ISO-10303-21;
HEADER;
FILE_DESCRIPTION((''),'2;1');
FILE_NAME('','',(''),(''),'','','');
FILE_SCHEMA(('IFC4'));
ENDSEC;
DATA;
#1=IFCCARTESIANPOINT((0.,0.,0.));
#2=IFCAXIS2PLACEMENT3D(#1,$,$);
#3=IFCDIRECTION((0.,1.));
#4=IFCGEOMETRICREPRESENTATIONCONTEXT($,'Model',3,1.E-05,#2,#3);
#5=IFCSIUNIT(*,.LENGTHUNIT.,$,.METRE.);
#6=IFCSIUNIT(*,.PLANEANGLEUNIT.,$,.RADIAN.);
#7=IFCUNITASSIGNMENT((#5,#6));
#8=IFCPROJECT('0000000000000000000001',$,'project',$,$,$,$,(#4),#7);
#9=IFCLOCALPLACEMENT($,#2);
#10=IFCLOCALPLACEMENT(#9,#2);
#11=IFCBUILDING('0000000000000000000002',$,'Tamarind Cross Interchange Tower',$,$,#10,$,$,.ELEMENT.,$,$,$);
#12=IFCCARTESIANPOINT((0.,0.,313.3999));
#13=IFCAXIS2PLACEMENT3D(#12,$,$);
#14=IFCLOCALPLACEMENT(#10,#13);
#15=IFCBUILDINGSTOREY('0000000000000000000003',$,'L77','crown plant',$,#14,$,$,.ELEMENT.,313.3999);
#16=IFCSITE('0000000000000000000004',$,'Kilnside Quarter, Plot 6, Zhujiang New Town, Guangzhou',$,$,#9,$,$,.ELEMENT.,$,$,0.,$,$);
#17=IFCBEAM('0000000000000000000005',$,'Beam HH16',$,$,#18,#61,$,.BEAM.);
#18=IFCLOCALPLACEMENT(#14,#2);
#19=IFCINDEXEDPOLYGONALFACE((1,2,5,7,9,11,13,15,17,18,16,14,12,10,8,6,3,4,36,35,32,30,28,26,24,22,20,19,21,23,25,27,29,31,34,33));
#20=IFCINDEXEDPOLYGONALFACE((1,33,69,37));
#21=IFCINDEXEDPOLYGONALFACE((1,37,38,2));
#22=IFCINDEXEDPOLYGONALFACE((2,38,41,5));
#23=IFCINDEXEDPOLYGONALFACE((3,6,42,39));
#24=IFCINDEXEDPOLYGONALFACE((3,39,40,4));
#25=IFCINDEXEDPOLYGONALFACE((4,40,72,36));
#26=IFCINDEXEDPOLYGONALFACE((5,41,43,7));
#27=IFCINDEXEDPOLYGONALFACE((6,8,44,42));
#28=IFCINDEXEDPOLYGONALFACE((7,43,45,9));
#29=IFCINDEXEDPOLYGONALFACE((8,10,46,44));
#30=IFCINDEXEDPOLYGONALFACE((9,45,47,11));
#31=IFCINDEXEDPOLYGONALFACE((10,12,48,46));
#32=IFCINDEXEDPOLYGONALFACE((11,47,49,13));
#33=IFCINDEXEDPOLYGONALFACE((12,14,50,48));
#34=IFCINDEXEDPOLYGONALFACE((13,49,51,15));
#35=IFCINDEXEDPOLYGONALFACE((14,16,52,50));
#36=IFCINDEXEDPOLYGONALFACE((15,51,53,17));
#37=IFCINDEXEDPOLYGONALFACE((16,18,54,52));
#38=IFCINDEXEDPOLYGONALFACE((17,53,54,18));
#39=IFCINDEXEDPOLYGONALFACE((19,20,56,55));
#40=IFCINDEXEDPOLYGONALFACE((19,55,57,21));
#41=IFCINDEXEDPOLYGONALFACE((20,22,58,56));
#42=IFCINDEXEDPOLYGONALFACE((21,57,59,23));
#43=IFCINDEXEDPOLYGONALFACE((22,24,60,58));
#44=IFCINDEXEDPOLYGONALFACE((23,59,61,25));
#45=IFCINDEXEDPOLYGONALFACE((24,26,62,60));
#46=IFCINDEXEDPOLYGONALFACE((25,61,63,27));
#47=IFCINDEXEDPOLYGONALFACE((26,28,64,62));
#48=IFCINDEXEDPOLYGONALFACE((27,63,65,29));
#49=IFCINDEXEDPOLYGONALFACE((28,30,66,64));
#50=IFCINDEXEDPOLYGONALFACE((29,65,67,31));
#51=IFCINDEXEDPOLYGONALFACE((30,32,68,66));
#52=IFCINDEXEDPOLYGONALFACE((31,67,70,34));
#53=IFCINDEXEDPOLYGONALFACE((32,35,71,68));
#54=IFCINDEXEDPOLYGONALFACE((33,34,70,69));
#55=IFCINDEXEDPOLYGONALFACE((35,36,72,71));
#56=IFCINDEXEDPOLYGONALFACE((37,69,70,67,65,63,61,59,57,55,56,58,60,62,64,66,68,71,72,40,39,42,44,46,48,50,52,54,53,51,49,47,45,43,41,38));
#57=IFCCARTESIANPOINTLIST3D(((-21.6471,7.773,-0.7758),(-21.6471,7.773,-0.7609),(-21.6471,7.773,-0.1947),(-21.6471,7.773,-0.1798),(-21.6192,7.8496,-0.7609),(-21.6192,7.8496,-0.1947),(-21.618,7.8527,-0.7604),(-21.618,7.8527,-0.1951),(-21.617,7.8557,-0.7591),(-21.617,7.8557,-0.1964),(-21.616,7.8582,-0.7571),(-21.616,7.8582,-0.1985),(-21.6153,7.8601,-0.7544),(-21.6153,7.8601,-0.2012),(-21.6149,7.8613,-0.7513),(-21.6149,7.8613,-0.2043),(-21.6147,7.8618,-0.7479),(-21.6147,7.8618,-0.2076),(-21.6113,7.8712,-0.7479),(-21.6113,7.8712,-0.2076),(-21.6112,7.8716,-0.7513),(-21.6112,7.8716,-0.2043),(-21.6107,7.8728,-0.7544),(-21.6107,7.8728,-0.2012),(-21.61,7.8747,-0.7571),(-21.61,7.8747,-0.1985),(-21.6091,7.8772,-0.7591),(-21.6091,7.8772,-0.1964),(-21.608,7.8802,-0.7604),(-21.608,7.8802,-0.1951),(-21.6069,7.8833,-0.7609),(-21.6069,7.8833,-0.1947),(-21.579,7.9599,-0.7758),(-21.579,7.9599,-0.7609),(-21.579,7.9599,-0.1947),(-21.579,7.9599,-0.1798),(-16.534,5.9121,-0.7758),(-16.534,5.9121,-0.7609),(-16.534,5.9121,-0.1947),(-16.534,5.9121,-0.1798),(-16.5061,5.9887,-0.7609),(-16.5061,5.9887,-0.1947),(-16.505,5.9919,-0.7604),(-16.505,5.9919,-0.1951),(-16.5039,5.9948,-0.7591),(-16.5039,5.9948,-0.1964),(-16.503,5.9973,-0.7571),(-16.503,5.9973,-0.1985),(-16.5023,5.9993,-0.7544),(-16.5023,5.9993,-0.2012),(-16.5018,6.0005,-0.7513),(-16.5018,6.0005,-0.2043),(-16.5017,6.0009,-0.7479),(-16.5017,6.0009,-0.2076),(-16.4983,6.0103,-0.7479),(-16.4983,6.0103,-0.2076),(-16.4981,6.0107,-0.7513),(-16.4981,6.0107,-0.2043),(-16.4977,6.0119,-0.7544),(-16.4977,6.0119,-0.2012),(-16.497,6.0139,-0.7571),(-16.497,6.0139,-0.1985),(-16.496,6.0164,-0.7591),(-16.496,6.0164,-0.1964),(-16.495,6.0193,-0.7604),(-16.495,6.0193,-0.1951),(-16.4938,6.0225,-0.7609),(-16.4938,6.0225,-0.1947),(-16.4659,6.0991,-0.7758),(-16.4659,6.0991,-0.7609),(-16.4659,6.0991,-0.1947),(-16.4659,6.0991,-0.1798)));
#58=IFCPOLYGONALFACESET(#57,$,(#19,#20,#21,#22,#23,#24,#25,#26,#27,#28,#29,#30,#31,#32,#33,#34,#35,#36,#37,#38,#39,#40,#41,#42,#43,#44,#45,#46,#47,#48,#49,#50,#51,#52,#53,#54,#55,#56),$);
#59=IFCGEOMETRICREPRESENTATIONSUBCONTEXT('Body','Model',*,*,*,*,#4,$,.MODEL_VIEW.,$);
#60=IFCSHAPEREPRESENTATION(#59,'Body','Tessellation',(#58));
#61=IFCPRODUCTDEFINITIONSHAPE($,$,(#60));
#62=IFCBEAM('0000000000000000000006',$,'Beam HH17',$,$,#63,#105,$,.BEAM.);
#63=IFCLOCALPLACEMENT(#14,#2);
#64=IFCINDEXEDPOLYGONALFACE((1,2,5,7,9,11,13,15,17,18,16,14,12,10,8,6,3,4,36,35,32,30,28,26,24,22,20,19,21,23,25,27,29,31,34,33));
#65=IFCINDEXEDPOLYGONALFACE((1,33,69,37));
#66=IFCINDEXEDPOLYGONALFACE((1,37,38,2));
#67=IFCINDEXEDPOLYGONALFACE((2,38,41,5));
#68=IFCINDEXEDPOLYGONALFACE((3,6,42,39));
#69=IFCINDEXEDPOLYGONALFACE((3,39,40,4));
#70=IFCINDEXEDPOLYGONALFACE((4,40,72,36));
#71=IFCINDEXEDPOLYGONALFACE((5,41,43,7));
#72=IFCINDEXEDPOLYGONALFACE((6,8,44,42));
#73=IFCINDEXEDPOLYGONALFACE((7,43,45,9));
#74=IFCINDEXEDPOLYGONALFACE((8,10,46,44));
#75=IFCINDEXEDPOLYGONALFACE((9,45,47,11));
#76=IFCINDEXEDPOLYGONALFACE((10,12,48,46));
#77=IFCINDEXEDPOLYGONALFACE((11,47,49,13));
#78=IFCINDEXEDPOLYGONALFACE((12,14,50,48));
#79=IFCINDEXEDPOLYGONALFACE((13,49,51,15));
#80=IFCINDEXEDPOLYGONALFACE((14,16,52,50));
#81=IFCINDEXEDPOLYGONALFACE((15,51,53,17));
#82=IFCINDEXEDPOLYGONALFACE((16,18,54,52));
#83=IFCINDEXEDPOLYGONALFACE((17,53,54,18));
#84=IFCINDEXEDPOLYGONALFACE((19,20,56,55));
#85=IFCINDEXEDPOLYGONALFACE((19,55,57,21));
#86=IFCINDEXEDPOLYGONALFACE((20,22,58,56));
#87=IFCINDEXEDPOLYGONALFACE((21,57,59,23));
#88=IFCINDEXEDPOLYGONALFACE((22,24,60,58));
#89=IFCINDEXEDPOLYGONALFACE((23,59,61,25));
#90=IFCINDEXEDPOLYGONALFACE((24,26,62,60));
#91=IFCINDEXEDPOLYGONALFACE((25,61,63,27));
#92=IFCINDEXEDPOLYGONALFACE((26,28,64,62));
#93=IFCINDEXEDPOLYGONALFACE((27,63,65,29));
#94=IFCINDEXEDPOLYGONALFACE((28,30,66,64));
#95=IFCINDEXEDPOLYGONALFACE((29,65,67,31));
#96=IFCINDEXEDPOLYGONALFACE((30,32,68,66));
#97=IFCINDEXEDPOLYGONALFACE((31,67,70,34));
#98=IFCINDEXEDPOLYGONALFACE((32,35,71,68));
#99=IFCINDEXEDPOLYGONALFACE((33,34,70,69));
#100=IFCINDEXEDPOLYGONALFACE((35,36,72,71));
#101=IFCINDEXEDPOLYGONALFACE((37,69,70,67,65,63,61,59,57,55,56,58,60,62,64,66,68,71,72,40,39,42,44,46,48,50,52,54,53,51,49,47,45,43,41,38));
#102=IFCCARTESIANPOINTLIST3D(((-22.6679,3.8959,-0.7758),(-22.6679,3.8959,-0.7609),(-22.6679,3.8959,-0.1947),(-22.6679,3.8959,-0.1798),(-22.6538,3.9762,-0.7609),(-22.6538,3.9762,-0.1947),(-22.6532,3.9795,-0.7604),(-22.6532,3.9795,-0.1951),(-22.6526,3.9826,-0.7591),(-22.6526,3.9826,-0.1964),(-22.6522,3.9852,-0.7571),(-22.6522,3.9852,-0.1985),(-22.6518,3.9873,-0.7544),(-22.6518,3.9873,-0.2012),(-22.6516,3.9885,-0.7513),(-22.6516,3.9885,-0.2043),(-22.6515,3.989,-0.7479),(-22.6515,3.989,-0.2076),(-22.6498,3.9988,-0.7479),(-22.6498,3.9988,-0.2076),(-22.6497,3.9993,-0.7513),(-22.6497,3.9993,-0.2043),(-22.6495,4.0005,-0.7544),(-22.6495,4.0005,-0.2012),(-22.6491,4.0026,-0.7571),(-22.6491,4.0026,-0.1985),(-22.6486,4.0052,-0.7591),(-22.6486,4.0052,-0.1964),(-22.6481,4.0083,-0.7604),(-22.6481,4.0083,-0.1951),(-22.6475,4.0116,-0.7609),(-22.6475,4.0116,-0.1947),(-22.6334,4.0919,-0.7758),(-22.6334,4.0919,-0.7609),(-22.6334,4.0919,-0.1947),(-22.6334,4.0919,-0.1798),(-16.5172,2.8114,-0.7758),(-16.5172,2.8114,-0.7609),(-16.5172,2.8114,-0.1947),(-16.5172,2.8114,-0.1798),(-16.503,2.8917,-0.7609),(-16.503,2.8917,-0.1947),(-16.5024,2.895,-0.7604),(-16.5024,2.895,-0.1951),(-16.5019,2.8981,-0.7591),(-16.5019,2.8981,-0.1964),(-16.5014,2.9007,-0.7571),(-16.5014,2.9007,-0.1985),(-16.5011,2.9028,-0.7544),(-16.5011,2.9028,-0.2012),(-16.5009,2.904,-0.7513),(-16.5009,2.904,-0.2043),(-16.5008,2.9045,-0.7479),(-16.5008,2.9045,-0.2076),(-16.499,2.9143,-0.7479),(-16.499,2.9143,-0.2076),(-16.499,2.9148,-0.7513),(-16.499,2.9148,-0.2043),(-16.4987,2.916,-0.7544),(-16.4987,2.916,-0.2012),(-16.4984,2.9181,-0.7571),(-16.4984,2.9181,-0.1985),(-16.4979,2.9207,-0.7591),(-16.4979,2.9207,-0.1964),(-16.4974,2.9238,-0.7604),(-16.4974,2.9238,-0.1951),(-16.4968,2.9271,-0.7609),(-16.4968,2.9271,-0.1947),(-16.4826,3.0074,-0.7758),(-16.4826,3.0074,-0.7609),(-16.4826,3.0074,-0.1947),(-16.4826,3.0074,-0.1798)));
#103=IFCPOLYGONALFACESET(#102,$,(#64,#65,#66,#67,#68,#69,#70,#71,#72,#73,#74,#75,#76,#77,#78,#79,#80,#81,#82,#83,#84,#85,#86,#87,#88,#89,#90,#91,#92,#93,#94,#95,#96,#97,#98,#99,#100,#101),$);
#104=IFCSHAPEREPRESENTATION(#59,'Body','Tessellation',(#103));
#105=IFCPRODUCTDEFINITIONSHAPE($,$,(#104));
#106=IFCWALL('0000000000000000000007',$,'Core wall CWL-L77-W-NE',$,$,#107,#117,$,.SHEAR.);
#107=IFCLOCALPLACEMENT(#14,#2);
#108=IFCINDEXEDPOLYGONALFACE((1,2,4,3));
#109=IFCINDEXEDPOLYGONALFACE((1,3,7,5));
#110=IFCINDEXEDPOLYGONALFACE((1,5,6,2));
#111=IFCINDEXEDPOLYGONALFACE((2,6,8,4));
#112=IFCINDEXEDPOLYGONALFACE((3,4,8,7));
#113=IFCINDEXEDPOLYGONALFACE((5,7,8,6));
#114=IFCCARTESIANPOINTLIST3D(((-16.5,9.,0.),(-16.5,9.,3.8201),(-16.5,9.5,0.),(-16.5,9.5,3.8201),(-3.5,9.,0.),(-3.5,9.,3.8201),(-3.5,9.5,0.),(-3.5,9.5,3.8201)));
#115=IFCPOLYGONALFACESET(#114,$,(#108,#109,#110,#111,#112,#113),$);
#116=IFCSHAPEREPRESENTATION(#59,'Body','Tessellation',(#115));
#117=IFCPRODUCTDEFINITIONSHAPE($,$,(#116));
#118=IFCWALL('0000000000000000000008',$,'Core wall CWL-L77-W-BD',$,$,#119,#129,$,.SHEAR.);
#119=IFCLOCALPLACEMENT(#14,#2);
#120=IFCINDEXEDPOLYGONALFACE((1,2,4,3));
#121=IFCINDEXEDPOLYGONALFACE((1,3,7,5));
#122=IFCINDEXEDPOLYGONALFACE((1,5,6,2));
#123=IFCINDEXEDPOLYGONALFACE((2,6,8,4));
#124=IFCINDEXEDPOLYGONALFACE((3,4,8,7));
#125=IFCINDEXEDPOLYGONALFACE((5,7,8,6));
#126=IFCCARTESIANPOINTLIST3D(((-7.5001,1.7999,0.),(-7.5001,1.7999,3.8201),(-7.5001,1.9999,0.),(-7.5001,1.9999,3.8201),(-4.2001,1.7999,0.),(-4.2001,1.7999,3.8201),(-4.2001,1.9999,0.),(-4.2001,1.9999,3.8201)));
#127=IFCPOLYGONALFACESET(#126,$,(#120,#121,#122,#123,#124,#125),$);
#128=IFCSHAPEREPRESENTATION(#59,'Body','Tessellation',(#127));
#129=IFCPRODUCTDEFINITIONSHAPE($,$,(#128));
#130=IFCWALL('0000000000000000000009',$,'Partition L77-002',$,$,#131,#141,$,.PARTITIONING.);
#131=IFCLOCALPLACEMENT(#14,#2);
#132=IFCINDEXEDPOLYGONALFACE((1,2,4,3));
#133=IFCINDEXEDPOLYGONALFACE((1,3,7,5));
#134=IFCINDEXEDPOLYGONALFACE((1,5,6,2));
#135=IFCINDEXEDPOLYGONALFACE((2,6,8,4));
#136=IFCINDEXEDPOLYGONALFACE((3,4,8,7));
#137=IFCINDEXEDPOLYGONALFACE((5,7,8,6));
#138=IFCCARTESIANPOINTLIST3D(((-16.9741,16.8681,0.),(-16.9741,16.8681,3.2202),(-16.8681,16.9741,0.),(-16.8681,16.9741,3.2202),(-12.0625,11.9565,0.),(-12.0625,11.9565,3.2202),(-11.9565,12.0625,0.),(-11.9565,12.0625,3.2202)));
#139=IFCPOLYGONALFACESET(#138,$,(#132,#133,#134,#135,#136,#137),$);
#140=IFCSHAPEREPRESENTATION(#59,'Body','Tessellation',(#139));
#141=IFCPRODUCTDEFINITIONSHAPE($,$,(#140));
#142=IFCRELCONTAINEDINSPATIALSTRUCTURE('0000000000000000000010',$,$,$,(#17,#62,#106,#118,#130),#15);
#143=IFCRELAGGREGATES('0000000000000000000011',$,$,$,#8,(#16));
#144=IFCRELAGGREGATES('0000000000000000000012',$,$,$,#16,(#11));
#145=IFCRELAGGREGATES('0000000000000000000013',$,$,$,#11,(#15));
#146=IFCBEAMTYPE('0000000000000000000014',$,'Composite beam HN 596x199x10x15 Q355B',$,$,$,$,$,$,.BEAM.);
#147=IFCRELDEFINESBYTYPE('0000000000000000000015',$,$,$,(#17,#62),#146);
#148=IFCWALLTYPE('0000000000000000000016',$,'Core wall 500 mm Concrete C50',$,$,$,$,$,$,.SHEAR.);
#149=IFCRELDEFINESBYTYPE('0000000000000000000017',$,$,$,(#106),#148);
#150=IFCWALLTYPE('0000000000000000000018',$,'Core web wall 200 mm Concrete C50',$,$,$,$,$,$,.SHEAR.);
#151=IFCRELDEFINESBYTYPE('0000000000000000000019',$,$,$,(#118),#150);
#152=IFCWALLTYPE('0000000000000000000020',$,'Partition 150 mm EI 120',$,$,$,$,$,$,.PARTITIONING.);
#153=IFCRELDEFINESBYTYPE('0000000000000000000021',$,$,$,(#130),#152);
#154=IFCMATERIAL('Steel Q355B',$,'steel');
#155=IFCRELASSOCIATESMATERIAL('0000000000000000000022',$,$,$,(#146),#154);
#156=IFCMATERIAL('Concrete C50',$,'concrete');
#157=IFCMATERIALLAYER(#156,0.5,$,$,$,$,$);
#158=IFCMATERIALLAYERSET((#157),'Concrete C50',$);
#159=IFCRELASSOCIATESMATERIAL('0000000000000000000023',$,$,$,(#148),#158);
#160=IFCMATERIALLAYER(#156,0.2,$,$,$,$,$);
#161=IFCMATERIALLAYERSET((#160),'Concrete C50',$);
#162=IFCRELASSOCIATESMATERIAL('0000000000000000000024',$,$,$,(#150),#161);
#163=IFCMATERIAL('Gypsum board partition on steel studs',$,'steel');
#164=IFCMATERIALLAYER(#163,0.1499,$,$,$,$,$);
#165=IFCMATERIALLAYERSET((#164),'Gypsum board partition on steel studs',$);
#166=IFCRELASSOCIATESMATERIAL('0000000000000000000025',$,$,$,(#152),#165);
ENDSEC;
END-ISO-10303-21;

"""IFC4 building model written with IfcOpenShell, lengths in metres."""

from ifc_helpers import new_model, si_unit, direction, frame, frame_2d, origin, origin_2d, place, context, subcontext, project, spatial, rectangle, i_section, extrude, material, layer, layer_set, material_profile, profile_set, type_object, element, save


model = new_model("IFC4")

# Units and contexts
model_context = context("Model", 3, precision=1e-05, world=origin(), true_north=direction((0.0, 1.0)))
body_context = subcontext(model_context, "Body", "Model", "MODEL_VIEW")
ifc_project = project(units=[si_unit("LENGTHUNIT", "METRE"), si_unit("PLANEANGLEUNIT", "RADIAN")], contexts=[model_context])

# Site, building, storey
site_placement = place(None, origin())
site = spatial("IfcSite", under=ifc_project, at=site_placement, Name="Kilnside Quarter, Plot 6, Zhujiang New Town, Guangzhou", CompositionType="ELEMENT", RefElevation=0.0)
building_placement = place(site_placement, origin())
building = spatial("IfcBuilding", under=site, at=building_placement, Name="Tamarind Cross Interchange Tower", CompositionType="ELEMENT")
storey_placement = place(building_placement, frame((0.0, 0.0, 313.3999)))
storey = spatial("IfcBuildingStorey", under=building, at=storey_placement, Name="L77", Description="crown plant", CompositionType="ELEMENT", Elevation=313.3999)

# Beams
ifc_material_1 = material(Name="Steel Q355B", Category="steel")
ifc_material_profile_1 = material_profile(ifc_material_1, i_section(OverallWidth=0.199, OverallDepth=0.5959, WebThickness=0.01, FlangeThickness=0.0149, FilletRadius=0.0129, at=origin_2d()), Name="HN 596x199x10x15")
ifc_profile_set_1 = profile_set([ifc_material_profile_1], Name="Steel Q355B")
beam_type_1 = type_object("IfcBeamType", Name="Composite beam HN 596x199x10x15 Q355B", PredefinedType="BEAM", material=ifc_profile_set_1)
beam_1_placement = place(storey_placement, frame((-21.613, 7.8665, -0.4778), z_axis=(0.939702, -0.341995, 0.0), x_axis=(0.341995, 0.939702, 0.0)))
element("IfcBeam", 1, at=beam_1_placement, inside=storey, type_object=beam_type_1, Name="Beam HH16", PredefinedType="BEAM", context=body_context, shape_type="SweptSolid", body=[
    extrude(i_section(OverallWidth=0.199, OverallDepth=0.5959, WebThickness=0.01, FlangeThickness=0.0149, FilletRadius=0.0129, at=origin_2d()), origin(), (0.0, 0.0, 1.0), 5.4412),
])
beam_2_placement = place(storey_placement, frame((-22.6506, 3.9939, -0.4778), z_axis=(0.984809, -0.17364, 0.0), x_axis=(0.17364, 0.984809, 0.0)))
element("IfcBeam", 2, at=beam_2_placement, inside=storey, type_object=beam_type_1, Name="Beam HH17", PredefinedType="BEAM", context=body_context, shape_type="SweptSolid", body=[
    extrude(i_section(OverallWidth=0.199, OverallDepth=0.5959, WebThickness=0.01, FlangeThickness=0.0149, FilletRadius=0.0129, at=origin_2d()), origin(), (0.0, 0.0, 1.0), 6.2456),
])

# Walls
ifc_material_2 = material(Name="Concrete C50", Category="concrete")
ifc_layer_1 = layer(ifc_material_2, 0.5)
ifc_layer_set_1 = layer_set([ifc_layer_1], Name="Concrete C50")
wall_type_1 = type_object("IfcWallType", Name="Core wall 500 mm Concrete C50", PredefinedType="SHEAR", material=ifc_layer_set_1)
wall_1_placement = place(storey_placement, frame((-16.5, 9.25, 0.0), z_axis=(0.0, 0.0, 1.0), x_axis=(1.0, 0.0, 0.0)))
element("IfcWall", 3, at=wall_1_placement, inside=storey, type_object=wall_type_1, Name="Core wall CWL-L77-W-NE", PredefinedType="SHEAR", context=body_context, shape_type="SweptSolid", body=[
    extrude(rectangle(XDim=13.0, YDim=0.5, at=frame_2d((6.5, 0.0))), origin(), (0.0, 0.0, 1.0), 3.8201),
])
ifc_layer_2 = layer(ifc_material_2, 0.2)
ifc_layer_set_2 = layer_set([ifc_layer_2], Name="Concrete C50")
wall_type_2 = type_object("IfcWallType", Name="Core web wall 200 mm Concrete C50", PredefinedType="SHEAR", material=ifc_layer_set_2)
wall_2_placement = place(storey_placement, frame((-7.5, 1.8999, 0.0), z_axis=(0.0, 0.0, 1.0), x_axis=(1.0, 0.0, 0.0)))
element("IfcWall", 4, at=wall_2_placement, inside=storey, type_object=wall_type_2, Name="Core wall CWL-L77-W-BD", PredefinedType="SHEAR", context=body_context, shape_type="SweptSolid", body=[
    extrude(rectangle(XDim=3.3, YDim=0.2, at=frame_2d((1.6499, 0.0))), origin(), (0.0, 0.0, 1.0), 3.8201),
])
ifc_material_3 = material(Name="Gypsum board partition on steel studs", Category="steel")
ifc_layer_3 = layer(ifc_material_3, 0.1499)
ifc_layer_set_3 = layer_set([ifc_layer_3], Name="Gypsum board partition on steel studs")
wall_type_3 = type_object("IfcWallType", Name="Partition 150 mm EI 120", PredefinedType="PARTITIONING", material=ifc_layer_set_3)
wall_3_placement = place(storey_placement, frame((-16.9211, 16.9211, 0.0), z_axis=(0.0, 0.0, 1.0), x_axis=(0.707107, -0.707107, 0.0)))
element("IfcWall", 5, at=wall_3_placement, inside=storey, type_object=wall_type_3, Name="Partition L77-002", PredefinedType="PARTITIONING", context=body_context, shape_type="SweptSolid", body=[
    extrude(rectangle(XDim=6.946, YDim=0.1499, at=frame_2d((3.4731, 0.0))), origin(), (0.0, 0.0, 1.0), 3.2202),
])

save(model, "model.ifc")
